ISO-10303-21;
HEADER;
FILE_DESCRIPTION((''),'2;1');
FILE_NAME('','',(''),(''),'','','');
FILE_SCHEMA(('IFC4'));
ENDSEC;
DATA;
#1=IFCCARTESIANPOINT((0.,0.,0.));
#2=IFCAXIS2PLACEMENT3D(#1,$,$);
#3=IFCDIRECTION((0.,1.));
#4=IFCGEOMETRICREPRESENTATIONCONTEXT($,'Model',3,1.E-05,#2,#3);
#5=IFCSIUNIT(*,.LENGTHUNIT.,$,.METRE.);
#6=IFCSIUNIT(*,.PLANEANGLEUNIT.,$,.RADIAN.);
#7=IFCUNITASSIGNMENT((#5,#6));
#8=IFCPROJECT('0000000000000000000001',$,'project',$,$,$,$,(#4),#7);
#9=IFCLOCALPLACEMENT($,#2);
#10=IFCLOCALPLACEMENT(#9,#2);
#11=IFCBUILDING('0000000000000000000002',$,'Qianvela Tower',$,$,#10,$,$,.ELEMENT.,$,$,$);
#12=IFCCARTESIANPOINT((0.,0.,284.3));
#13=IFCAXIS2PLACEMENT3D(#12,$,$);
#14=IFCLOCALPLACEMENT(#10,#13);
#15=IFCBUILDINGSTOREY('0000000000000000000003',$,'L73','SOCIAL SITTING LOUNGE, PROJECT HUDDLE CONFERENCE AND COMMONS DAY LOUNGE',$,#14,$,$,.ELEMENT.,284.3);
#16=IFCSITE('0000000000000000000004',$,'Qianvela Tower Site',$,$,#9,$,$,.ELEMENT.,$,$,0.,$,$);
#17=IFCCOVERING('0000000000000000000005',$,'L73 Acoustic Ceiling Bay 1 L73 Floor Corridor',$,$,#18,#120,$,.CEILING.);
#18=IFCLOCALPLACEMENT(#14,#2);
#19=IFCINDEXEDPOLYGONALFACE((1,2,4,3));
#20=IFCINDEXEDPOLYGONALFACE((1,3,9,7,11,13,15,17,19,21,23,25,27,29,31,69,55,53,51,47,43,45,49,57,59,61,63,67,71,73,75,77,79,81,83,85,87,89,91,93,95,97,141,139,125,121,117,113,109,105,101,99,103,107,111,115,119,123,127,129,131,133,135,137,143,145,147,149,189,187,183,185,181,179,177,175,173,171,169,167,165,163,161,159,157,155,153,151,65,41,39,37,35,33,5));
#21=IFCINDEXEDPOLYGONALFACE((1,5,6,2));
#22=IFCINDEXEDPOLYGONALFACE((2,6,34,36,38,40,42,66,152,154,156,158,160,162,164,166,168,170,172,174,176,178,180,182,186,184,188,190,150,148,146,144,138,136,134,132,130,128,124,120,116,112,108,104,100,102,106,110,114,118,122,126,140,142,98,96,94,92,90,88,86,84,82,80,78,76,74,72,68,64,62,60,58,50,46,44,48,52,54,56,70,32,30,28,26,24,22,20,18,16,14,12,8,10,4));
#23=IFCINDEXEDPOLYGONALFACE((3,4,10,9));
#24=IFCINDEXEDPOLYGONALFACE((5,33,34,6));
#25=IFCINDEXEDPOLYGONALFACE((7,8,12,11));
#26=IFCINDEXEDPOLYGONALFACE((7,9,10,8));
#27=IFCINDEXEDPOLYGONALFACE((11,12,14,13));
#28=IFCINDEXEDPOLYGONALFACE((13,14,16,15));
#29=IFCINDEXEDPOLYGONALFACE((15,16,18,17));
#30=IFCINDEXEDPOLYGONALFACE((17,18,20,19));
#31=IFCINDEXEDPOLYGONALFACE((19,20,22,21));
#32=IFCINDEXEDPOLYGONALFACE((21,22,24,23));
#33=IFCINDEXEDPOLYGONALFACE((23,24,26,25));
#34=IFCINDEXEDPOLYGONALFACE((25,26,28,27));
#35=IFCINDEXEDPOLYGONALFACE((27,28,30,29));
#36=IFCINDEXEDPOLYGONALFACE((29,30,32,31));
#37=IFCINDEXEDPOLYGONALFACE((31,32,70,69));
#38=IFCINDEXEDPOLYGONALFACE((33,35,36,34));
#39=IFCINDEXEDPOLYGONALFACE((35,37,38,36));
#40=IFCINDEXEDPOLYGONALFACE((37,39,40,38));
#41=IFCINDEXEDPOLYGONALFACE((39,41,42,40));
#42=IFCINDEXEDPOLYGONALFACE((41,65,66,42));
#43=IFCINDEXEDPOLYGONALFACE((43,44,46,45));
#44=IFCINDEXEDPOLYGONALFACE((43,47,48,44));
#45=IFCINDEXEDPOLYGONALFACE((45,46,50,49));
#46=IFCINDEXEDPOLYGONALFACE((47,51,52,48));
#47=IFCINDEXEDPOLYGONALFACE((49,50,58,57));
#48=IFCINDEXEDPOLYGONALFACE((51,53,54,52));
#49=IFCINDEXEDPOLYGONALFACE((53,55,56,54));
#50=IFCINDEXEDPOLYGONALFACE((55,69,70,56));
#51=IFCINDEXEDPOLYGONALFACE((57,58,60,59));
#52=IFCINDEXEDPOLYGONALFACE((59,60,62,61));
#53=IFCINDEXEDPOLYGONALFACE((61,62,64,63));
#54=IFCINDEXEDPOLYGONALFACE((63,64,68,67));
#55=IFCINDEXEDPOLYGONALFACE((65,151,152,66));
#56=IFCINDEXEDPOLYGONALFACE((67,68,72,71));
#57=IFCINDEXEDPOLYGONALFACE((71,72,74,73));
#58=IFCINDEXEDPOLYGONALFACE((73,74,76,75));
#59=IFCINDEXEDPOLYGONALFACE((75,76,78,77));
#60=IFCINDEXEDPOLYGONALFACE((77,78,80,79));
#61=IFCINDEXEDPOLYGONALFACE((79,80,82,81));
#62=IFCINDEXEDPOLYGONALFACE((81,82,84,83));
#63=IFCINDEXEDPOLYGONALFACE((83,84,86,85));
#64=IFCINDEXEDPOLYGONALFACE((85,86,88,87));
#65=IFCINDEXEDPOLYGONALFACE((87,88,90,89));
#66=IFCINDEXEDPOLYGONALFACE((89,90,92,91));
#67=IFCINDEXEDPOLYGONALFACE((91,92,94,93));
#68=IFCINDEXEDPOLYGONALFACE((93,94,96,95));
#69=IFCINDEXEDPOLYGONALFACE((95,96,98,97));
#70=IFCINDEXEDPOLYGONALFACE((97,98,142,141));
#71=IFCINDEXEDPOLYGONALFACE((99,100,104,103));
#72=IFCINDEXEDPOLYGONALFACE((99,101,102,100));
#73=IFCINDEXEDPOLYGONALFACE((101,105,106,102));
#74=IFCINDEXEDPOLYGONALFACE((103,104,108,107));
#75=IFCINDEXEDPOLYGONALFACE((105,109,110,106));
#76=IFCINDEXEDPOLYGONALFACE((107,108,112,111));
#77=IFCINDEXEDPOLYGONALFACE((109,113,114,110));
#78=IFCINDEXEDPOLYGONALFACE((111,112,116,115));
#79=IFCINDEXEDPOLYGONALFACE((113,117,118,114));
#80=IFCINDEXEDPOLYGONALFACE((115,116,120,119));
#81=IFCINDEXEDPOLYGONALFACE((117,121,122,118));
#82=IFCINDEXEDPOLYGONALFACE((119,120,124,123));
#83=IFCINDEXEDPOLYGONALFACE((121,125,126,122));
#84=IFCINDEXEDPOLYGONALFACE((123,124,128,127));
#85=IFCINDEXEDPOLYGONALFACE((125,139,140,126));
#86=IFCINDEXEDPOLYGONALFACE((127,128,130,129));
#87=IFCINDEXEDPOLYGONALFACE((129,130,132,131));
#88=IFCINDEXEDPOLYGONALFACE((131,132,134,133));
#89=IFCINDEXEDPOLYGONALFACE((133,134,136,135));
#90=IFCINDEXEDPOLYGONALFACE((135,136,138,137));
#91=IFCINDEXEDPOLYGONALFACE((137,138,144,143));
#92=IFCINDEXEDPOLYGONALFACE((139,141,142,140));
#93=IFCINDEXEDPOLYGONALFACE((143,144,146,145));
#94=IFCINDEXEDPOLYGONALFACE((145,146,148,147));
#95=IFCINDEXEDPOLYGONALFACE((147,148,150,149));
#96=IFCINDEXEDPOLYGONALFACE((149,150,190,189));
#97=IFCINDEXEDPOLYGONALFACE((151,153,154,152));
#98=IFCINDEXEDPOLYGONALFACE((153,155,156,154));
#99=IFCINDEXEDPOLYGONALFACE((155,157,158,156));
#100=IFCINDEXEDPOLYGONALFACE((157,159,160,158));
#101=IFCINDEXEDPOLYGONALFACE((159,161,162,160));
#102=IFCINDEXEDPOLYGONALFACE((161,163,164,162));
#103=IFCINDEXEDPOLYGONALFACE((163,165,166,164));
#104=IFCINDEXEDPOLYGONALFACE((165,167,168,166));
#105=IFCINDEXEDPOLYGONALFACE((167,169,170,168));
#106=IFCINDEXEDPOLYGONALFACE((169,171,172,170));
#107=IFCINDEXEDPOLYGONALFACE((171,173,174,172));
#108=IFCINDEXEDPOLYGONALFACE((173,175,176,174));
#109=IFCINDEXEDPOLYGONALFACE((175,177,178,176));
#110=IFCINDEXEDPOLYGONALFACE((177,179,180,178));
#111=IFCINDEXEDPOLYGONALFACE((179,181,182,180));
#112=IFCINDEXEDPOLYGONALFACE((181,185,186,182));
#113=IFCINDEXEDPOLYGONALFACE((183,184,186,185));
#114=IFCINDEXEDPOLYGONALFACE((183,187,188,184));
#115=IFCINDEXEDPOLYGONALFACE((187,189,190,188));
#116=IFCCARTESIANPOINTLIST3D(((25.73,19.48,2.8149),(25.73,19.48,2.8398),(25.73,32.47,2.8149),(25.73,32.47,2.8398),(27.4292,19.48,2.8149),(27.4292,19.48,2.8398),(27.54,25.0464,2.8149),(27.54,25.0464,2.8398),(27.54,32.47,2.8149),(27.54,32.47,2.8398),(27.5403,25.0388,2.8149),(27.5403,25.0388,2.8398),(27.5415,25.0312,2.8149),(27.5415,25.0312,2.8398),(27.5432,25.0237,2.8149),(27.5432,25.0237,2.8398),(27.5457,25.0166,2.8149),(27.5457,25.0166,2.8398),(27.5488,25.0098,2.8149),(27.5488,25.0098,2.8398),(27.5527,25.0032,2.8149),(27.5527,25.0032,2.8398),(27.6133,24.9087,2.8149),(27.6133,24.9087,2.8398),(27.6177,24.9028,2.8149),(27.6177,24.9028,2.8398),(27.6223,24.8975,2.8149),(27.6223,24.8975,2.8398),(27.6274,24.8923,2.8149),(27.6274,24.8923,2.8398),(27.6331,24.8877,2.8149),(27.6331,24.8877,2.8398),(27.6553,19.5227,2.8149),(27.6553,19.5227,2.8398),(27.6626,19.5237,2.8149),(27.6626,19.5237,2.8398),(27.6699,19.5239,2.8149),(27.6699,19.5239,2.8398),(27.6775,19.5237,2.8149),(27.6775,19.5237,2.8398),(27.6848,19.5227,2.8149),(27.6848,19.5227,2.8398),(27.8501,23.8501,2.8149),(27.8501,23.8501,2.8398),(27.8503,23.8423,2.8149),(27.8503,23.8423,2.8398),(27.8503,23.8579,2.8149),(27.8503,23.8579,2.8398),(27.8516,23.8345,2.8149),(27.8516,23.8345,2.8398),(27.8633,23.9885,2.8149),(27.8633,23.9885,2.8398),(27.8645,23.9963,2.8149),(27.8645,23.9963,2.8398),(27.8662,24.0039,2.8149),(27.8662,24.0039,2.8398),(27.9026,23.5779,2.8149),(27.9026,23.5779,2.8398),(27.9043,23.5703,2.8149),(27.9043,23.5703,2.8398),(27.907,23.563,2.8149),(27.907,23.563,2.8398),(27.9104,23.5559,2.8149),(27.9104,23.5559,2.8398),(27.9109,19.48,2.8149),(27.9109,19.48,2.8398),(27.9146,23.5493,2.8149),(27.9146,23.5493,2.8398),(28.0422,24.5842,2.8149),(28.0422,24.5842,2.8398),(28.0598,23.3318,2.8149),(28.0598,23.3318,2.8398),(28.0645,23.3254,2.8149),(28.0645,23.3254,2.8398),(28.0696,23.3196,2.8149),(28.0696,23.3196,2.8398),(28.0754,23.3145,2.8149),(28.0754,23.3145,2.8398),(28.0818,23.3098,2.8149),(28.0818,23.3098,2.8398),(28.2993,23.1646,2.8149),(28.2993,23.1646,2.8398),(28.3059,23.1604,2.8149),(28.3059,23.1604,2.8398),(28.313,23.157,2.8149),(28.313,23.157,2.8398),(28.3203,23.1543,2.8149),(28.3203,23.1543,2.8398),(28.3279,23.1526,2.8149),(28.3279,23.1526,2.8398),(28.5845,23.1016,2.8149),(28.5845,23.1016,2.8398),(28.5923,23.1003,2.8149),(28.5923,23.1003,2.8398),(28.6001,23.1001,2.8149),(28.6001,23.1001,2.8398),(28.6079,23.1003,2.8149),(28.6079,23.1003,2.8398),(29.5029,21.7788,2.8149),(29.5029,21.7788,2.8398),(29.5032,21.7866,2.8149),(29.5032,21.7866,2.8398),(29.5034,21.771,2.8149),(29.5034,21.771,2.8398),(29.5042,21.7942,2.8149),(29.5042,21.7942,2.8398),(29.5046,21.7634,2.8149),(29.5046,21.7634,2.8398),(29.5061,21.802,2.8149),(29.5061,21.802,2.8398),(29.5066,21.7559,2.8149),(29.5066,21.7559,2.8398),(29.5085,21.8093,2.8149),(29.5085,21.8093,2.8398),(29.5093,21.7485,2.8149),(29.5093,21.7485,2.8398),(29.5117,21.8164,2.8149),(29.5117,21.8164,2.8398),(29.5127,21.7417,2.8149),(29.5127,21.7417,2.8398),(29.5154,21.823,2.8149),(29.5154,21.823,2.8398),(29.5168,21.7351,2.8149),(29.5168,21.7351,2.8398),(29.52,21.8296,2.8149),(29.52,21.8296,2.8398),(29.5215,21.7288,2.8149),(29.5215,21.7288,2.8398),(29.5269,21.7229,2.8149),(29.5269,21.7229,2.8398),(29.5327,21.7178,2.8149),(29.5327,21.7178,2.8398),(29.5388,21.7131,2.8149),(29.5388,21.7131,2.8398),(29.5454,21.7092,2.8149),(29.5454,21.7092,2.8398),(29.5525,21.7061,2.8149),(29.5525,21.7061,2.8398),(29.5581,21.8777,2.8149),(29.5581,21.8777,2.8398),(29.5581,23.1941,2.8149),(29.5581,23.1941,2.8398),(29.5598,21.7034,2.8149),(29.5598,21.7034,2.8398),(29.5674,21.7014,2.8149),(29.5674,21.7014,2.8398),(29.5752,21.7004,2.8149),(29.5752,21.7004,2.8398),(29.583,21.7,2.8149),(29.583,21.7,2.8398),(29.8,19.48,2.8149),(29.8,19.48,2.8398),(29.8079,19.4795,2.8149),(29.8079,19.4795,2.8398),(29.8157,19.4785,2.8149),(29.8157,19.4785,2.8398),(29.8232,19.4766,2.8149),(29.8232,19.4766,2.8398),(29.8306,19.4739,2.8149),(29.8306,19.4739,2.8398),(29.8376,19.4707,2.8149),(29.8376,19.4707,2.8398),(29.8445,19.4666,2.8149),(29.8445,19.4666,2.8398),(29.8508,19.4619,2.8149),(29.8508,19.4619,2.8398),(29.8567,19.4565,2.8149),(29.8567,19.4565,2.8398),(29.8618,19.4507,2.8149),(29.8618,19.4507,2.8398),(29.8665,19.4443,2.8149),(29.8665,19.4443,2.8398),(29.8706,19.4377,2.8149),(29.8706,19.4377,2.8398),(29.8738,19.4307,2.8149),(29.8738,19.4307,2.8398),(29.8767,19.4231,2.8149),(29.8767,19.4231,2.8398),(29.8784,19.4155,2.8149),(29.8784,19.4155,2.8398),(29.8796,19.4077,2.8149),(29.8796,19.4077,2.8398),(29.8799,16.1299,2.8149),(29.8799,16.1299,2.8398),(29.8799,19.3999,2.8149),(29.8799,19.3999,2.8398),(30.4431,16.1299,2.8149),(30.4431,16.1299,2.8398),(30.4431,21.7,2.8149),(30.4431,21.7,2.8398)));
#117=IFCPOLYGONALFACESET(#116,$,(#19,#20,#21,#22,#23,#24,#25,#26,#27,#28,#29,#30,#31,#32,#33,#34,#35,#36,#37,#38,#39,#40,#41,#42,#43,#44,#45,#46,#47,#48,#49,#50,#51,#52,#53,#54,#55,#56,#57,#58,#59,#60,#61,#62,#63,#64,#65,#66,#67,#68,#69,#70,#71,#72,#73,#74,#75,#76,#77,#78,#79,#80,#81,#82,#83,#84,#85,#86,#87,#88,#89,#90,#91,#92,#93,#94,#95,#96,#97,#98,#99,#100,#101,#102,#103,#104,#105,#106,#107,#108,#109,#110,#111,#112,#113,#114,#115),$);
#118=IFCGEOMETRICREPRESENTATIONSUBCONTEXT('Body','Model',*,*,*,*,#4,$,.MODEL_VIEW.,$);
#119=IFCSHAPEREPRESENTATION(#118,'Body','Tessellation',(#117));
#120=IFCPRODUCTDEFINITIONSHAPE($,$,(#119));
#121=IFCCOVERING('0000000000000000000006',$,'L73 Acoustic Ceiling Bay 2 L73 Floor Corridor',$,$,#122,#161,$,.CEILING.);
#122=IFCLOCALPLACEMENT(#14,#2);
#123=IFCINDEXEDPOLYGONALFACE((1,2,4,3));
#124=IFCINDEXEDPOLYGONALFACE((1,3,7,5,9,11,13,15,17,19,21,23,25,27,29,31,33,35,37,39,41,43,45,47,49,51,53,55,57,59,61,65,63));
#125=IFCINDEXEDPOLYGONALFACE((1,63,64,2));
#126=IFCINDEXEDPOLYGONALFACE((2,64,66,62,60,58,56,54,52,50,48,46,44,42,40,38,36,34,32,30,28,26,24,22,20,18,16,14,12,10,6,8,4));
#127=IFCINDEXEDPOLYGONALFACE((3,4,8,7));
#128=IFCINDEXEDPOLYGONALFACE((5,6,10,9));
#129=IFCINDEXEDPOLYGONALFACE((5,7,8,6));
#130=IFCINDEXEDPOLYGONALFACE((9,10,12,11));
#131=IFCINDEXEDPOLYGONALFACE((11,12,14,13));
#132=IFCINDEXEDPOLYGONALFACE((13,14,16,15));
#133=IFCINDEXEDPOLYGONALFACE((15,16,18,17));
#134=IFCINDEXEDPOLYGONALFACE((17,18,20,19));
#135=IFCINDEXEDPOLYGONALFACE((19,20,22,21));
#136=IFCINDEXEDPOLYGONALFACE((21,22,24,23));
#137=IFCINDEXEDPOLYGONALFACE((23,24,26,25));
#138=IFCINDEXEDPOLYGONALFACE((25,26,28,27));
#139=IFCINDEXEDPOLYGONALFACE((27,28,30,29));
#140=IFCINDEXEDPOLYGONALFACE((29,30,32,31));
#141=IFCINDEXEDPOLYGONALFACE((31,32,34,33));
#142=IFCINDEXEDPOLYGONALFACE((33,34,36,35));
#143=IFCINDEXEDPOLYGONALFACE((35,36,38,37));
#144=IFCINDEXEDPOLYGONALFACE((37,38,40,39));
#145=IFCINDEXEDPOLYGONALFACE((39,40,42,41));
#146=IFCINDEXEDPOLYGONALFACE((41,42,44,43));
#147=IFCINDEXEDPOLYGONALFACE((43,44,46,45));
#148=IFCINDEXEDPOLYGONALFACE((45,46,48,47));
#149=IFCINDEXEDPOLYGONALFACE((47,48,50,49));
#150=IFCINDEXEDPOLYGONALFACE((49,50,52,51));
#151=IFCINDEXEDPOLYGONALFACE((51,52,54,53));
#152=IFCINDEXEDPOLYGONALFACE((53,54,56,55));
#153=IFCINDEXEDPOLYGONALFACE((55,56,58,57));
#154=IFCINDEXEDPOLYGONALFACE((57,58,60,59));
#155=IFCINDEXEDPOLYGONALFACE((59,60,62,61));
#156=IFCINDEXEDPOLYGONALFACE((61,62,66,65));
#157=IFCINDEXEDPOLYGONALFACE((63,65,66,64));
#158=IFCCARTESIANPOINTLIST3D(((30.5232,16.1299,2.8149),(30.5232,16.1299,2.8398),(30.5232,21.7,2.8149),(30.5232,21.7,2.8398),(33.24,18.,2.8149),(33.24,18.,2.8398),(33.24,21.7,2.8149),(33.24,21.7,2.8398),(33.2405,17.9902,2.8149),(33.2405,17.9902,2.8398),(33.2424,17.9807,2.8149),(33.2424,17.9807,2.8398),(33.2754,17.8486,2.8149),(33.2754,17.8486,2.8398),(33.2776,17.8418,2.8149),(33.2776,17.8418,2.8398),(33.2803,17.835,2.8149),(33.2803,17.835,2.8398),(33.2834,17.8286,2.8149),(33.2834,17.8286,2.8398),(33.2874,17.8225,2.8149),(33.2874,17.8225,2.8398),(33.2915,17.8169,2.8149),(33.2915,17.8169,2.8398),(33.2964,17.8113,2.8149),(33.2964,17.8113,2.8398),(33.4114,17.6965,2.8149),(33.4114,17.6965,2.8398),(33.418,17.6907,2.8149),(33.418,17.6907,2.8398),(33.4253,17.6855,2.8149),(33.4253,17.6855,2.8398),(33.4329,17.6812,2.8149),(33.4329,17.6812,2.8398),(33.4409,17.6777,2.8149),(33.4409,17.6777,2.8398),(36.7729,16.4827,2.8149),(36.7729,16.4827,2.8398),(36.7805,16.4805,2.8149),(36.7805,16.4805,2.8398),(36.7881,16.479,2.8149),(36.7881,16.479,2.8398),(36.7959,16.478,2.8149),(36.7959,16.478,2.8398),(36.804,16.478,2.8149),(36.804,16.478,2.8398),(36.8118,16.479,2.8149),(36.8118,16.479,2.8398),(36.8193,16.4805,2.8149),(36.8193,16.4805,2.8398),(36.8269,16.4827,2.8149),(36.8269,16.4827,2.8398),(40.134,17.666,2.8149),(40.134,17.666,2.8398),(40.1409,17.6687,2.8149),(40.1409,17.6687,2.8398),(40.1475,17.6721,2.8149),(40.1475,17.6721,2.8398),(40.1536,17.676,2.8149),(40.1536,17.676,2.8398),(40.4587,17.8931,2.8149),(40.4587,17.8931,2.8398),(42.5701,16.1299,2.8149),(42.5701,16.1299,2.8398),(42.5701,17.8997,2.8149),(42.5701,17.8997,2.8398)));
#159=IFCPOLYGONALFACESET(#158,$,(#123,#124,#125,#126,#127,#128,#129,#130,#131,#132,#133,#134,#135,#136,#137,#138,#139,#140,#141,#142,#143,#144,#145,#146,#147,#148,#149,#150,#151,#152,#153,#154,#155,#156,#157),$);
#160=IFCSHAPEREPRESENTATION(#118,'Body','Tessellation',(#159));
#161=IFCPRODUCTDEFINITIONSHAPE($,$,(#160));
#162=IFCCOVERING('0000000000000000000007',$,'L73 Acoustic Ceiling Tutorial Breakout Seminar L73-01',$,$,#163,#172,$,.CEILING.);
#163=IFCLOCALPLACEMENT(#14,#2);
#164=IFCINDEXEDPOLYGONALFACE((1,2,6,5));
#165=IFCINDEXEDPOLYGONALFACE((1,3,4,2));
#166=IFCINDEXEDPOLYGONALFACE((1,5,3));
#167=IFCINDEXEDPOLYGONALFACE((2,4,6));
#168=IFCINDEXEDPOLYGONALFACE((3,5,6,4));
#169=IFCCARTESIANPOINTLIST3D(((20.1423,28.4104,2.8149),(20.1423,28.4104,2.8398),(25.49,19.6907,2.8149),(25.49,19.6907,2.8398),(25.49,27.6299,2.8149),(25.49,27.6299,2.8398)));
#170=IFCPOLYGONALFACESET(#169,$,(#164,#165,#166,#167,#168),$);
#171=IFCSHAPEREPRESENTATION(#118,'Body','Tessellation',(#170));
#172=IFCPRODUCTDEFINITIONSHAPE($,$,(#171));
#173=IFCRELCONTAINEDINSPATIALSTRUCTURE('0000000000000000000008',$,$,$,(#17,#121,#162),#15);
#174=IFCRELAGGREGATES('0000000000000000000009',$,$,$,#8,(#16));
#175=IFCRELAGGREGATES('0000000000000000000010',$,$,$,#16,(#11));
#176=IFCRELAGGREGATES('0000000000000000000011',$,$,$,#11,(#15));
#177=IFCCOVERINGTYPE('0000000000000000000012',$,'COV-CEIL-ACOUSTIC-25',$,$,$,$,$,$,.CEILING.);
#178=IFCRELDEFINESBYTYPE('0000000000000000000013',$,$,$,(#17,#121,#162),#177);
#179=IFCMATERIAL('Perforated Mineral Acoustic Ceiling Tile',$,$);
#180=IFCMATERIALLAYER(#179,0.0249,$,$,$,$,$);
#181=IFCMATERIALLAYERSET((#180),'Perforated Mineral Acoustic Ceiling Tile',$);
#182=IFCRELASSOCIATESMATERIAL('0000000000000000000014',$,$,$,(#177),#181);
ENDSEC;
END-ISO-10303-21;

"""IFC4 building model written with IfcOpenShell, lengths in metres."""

from ifc_helpers import new_model, si_unit, direction, frame, origin, place, context, subcontext, project, spatial, polyline, outline, extrude, material, layer, layer_set, type_object, element, save


model = new_model("IFC4")

# Units and contexts
model_context = context("Model", 3, precision=1e-05, world=origin(), true_north=direction((0.0, 1.0)))
body_context = subcontext(model_context, "Body", "Model", "MODEL_VIEW")
ifc_project = project(units=[si_unit("LENGTHUNIT", "METRE"), si_unit("PLANEANGLEUNIT", "RADIAN")], contexts=[model_context])

# Site, building, storey
site_placement = place(None, origin())
site = spatial("IfcSite", under=ifc_project, at=site_placement, Name="Qianvela Tower Site", CompositionType="ELEMENT", RefElevation=0.0)
building_placement = place(site_placement, origin())
building = spatial("IfcBuilding", under=site, at=building_placement, Name="Qianvela Tower", CompositionType="ELEMENT")
storey_placement = place(building_placement, frame((0.0, 0.0, 284.3)))
storey = spatial("IfcBuildingStorey", under=building, at=storey_placement, Name="L73", Description="SOCIAL SITTING LOUNGE, PROJECT HUDDLE CONFERENCE AND COMMONS DAY LOUNGE", CompositionType="ELEMENT", Elevation=284.3)

# Coverings
ifc_material_1 = material(Name="Perforated Mineral Acoustic Ceiling Tile")
ifc_layer_1 = layer(ifc_material_1, 0.0249)
ifc_layer_set_1 = layer_set([ifc_layer_1], Name="Perforated Mineral Acoustic Ceiling Tile")
covering_type_1 = type_object("IfcCoveringType", Name="COV-CEIL-ACOUSTIC-25", PredefinedType="CEILING", material=ifc_layer_set_1)
covering_1_placement = place(storey_placement, frame((0.0, 0.0, 2.8149)))
element("IfcCovering", 1, at=covering_1_placement, inside=storey, type_object=covering_type_1, Name="L73 Acoustic Ceiling Bay 1 L73 Floor Corridor", PredefinedType="CEILING", context=body_context, shape_type="SweptSolid", body=[
    extrude(outline(polyline([(27.8501, 23.8501), (27.8503, 23.8423), (27.8516, 23.8345), (27.9026, 23.5779), (27.9043, 23.5703), (27.907, 23.563), (27.9104, 23.5559), (27.9146, 23.5493), (28.0598, 23.3318), (28.0645, 23.3254), (28.0696, 23.3196), (28.0754, 23.3145), (28.0818, 23.3098), (28.2993, 23.1646), (28.3059, 23.1604), (28.313, 23.157), (28.3203, 23.1543), (28.3279, 23.1526), (28.5845, 23.1016), (28.5923, 23.1003), (28.6001, 23.1001), (28.6079, 23.1003), (29.5581, 23.1941), (29.5581, 21.8777), (29.52, 21.8296), (29.5154, 21.823), (29.5117, 21.8164), (29.5085, 21.8093), (29.5061, 21.802), (29.5042, 21.7942), (29.5032, 21.7866), (29.5029, 21.7788), (29.5034, 21.771), (29.5046, 21.7634), (29.5066, 21.7559), (29.5093, 21.7485), (29.5127, 21.7417), (29.5168, 21.7351), (29.5215, 21.7288), (29.5269, 21.7229), (29.5327, 21.7178), (29.5388, 21.7131), (29.5454, 21.7092), (29.5525, 21.7061), (29.5598, 21.7034), (29.5674, 21.7014), (29.5752, 21.7004), (29.583, 21.7), (30.4431, 21.7), (30.4431, 16.1299), (29.8799, 16.1299), (29.8799, 19.3999), (29.8796, 19.4077), (29.8784, 19.4155), (29.8767, 19.4231), (29.8738, 19.4307), (29.8706, 19.4377), (29.8665, 19.4443), (29.8618, 19.4507), (29.8567, 19.4565), (29.8508, 19.4619), (29.8445, 19.4666), (29.8376, 19.4707), (29.8306, 19.4739), (29.8232, 19.4766), (29.8157, 19.4785), (29.8079, 19.4795), (29.8, 19.48), (27.9109, 19.48), (27.6848, 19.5227), (27.6775, 19.5237), (27.6699, 19.5239), (27.6626, 19.5237), (27.6553, 19.5227), (27.4292, 19.48), (25.73, 19.48), (25.73, 32.47), (27.54, 32.47), (27.54, 25.0464), (27.5403, 25.0388), (27.5415, 25.0312), (27.5432, 25.0237), (27.5457, 25.0166), (27.5488, 25.0098), (27.5527, 25.0032), (27.6133, 24.9087), (27.6177, 24.9028), (27.6223, 24.8975), (27.6274, 24.8923), (27.6331, 24.8877), (28.0422, 24.5842), (27.8662, 24.0039), (27.8645, 23.9963), (27.8633, 23.9885), (27.8503, 23.8579), (27.8501, 23.8501)])), origin(), (0.0, 0.0, 1.0), 0.0249),
])
covering_2_placement = place(storey_placement, frame((0.0, 0.0, 2.8149)))
element("IfcCovering", 2, at=covering_2_placement, inside=storey, type_object=covering_type_1, Name="L73 Acoustic Ceiling Bay 2 L73 Floor Corridor", PredefinedType="CEILING", context=body_context, shape_type="SweptSolid", body=[
    extrude(outline(polyline([(33.24, 21.7), (33.24, 18.0), (33.2405, 17.9902), (33.2424, 17.9807), (33.2754, 17.8486), (33.2776, 17.8418), (33.2803, 17.835), (33.2834, 17.8286), (33.2874, 17.8225), (33.2915, 17.8169), (33.2964, 17.8113), (33.4114, 17.6965), (33.418, 17.6907), (33.4253, 17.6855), (33.4329, 17.6812), (33.4409, 17.6777), (36.7729, 16.4827), (36.7805, 16.4805), (36.7881, 16.479), (36.7959, 16.478), (36.804, 16.478), (36.8118, 16.479), (36.8193, 16.4805), (36.8269, 16.4827), (40.134, 17.666), (40.1409, 17.6687), (40.1475, 17.6721), (40.1536, 17.676), (40.4587, 17.8931), (42.5701, 17.8997), (42.5701, 16.1299), (30.5232, 16.1299), (30.5232, 21.7), (33.24, 21.7)])), origin(), (0.0, 0.0, 1.0), 0.0249),
])
covering_3_placement = place(storey_placement, frame((0.0, 0.0, 2.8149)))
element("IfcCovering", 3, at=covering_3_placement, inside=storey, type_object=covering_type_1, Name="L73 Acoustic Ceiling Tutorial Breakout Seminar L73-01", PredefinedType="CEILING", context=body_context, shape_type="SweptSolid", body=[
    extrude(outline(polyline([(20.1423, 28.4104), (25.49, 27.6299), (25.49, 19.6907), (20.1423, 28.4104)])), origin(), (0.0, 0.0, 1.0), 0.0249),
])

save(model, "model.ifc")
